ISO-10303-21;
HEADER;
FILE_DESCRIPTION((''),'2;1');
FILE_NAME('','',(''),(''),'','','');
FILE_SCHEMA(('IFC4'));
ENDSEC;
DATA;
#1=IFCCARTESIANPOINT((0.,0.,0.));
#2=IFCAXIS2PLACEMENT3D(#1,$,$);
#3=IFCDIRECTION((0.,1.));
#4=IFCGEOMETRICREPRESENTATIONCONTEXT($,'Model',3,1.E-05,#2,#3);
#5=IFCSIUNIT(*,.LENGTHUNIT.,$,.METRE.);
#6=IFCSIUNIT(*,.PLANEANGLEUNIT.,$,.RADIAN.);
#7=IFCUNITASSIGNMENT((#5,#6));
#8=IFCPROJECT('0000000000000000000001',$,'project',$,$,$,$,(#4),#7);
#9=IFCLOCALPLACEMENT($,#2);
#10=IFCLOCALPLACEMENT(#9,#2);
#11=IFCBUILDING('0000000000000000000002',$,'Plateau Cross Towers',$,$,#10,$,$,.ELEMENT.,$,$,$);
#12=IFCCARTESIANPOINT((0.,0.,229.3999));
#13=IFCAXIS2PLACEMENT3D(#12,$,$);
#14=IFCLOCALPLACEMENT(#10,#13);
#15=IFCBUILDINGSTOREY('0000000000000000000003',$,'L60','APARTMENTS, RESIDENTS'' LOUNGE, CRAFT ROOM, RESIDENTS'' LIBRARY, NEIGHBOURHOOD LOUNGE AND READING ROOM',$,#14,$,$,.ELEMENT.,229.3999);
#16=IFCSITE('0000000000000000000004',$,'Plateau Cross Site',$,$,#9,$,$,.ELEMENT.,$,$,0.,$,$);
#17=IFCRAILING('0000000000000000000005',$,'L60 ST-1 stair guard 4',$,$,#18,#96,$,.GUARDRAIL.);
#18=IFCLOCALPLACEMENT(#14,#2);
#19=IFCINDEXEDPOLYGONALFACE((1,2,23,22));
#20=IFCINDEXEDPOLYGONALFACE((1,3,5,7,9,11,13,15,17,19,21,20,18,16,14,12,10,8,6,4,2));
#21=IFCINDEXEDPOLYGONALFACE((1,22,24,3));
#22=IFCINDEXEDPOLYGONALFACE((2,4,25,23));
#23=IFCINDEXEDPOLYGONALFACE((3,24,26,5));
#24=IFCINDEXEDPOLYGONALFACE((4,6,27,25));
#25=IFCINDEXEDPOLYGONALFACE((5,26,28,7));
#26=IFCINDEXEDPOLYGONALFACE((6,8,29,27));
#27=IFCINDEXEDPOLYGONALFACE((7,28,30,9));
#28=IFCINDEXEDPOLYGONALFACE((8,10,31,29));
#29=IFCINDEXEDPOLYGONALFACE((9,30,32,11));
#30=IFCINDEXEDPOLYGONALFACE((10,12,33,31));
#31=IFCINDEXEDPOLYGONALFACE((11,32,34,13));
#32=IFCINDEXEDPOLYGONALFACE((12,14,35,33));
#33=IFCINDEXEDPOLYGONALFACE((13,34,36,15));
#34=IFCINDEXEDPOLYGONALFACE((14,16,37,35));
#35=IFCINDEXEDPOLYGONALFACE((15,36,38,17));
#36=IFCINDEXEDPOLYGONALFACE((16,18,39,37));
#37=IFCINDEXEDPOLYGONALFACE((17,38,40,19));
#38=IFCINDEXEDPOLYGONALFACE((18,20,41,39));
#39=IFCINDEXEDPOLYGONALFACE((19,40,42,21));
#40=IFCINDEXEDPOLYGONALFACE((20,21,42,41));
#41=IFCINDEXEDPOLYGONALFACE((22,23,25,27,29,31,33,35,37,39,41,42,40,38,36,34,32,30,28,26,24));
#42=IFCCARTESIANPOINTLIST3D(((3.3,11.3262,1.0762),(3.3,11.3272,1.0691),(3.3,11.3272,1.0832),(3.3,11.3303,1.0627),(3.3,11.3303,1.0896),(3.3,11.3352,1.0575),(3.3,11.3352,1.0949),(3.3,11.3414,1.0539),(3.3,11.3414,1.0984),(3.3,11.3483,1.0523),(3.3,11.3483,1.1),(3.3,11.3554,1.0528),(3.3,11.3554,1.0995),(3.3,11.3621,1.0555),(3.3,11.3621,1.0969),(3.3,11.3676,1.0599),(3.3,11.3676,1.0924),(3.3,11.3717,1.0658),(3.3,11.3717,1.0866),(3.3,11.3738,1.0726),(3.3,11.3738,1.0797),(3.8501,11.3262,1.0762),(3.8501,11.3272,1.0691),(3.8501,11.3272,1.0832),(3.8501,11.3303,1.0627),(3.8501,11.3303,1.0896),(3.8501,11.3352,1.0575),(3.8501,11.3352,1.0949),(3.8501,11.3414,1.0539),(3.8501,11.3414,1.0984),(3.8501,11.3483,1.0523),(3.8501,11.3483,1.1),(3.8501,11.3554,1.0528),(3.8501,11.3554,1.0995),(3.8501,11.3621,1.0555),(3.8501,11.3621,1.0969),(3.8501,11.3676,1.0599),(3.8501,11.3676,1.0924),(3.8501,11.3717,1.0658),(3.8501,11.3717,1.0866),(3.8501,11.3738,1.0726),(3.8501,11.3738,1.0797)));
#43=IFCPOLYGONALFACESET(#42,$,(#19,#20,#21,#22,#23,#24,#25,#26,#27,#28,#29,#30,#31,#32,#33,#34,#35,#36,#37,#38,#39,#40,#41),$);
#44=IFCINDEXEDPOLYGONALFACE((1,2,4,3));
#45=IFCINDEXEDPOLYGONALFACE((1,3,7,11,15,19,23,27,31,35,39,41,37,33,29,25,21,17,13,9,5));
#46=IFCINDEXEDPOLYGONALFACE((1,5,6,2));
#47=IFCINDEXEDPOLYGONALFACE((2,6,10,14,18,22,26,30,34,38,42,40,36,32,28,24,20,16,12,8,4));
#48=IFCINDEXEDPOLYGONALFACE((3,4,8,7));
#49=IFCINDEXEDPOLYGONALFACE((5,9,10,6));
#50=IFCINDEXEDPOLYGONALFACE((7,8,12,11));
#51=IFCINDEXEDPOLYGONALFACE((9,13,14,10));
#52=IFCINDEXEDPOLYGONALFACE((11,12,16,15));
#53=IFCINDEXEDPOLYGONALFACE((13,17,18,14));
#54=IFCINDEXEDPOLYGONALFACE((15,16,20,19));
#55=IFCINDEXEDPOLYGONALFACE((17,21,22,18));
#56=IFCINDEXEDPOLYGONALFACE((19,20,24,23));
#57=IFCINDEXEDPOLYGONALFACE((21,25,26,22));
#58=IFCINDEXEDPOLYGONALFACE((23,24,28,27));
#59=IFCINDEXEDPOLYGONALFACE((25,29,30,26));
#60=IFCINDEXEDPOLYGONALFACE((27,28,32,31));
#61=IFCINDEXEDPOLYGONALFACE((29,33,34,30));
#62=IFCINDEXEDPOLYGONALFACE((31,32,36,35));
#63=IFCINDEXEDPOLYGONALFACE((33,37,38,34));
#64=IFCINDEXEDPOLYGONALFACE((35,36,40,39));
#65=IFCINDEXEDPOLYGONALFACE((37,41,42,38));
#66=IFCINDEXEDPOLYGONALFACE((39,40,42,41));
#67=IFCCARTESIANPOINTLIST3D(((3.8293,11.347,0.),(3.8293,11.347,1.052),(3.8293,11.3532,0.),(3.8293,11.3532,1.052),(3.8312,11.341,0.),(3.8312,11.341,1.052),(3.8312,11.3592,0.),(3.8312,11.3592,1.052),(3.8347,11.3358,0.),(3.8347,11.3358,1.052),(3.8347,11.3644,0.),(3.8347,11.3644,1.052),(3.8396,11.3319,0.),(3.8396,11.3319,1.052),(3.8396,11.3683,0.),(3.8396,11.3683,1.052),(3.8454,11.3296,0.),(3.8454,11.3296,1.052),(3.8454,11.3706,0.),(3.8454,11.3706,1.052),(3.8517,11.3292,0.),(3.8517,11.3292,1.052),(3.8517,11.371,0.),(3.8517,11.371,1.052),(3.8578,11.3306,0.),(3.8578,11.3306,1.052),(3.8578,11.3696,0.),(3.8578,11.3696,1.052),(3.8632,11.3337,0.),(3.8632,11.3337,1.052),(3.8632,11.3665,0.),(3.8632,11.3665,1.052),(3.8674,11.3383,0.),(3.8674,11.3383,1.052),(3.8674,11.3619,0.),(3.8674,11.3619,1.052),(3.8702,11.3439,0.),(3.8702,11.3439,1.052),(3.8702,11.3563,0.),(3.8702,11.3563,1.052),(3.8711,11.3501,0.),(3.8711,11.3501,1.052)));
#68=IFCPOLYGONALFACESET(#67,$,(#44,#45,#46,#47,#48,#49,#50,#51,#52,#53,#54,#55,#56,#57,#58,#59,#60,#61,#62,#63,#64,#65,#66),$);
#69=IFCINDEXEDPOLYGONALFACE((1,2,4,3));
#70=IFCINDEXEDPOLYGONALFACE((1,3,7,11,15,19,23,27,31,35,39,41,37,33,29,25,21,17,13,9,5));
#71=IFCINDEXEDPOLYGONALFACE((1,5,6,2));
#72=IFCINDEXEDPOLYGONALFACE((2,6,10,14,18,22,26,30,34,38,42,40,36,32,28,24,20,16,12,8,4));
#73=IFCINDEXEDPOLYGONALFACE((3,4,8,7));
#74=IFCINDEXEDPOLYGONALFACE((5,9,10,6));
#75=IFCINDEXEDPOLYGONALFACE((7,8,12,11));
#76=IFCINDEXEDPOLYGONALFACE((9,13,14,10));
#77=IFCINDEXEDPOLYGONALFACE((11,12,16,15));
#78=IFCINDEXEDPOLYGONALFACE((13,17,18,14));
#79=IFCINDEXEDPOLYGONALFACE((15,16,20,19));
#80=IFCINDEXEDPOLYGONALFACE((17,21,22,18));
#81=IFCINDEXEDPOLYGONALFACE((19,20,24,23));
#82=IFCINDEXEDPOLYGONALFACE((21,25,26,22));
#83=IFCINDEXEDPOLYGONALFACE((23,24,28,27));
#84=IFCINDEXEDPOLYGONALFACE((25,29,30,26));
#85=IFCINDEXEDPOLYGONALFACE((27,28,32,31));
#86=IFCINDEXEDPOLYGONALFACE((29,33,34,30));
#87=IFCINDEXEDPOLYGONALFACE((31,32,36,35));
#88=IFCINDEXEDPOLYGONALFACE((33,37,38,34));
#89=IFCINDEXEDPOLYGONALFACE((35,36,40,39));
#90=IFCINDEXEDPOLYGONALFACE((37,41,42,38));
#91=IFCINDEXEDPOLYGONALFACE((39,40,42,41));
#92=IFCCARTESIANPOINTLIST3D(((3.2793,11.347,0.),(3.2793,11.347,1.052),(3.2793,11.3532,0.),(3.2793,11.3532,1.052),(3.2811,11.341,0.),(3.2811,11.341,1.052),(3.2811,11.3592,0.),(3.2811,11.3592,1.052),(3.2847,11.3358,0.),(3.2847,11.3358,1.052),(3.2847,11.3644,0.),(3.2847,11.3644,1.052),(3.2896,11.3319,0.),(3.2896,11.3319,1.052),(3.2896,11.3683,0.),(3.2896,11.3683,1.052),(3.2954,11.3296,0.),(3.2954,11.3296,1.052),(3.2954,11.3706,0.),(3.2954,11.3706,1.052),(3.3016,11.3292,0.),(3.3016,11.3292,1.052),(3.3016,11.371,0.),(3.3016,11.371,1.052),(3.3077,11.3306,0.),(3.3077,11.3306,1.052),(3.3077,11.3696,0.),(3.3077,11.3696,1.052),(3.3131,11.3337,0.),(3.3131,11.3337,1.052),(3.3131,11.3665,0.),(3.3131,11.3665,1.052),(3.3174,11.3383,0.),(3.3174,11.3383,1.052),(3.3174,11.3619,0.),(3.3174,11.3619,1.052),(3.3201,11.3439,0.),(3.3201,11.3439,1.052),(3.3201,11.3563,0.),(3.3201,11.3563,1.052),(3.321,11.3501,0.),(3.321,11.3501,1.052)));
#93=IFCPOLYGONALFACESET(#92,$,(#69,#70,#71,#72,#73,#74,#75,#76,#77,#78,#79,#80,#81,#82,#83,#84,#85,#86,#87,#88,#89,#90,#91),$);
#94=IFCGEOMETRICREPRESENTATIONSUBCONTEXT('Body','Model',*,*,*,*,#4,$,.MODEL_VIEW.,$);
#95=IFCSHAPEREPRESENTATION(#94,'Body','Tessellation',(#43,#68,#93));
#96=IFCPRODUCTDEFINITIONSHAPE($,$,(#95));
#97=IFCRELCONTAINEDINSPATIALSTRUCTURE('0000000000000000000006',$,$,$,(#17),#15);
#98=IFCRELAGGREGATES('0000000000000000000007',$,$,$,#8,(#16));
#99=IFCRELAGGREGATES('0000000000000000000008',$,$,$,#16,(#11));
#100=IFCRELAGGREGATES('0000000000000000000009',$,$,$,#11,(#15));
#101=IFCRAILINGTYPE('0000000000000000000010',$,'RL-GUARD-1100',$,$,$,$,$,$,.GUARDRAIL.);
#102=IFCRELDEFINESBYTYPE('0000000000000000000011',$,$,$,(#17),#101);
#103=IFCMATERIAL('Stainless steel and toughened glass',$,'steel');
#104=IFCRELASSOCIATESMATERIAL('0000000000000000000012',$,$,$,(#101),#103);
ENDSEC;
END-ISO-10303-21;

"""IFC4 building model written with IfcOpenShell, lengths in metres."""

from ifc_helpers import new_model, si_unit, direction, frame, origin, origin_2d, place, context, subcontext, project, spatial, circle, extrude, material, type_object, element, save


model = new_model("IFC4")

# Units and contexts
model_context = context("Model", 3, precision=1e-05, world=origin(), true_north=direction((0.0, 1.0)))
body_context = subcontext(model_context, "Body", "Model", "MODEL_VIEW")
ifc_project = project(units=[si_unit("LENGTHUNIT", "METRE"), si_unit("PLANEANGLEUNIT", "RADIAN")], contexts=[model_context])

# Site, building, storey
site_placement = place(None, origin())
site = spatial("IfcSite", under=ifc_project, at=site_placement, Name="Plateau Cross Site", CompositionType="ELEMENT", RefElevation=0.0)
building_placement = place(site_placement, origin())
building = spatial("IfcBuilding", under=site, at=building_placement, Name="Plateau Cross Towers", CompositionType="ELEMENT")
storey_placement = place(building_placement, frame((0.0, 0.0, 229.3999)))
storey = spatial("IfcBuildingStorey", under=building, at=storey_placement, Name="L60", Description="APARTMENTS, RESIDENTS' LOUNGE, CRAFT ROOM, RESIDENTS' LIBRARY, NEIGHBOURHOOD LOUNGE AND READING ROOM", CompositionType="ELEMENT", Elevation=229.3999)

# Railing
ifc_material_1 = material(Name="Stainless steel and toughened glass", Category="steel")
railing_type_1 = type_object("IfcRailingType", Name="RL-GUARD-1100", PredefinedType="GUARDRAIL", material=ifc_material_1)
railing_1_placement = place(storey_placement, frame((3.8501, 11.3501, 0.0)))
element("IfcRailing", 1, at=railing_1_placement, inside=storey, type_object=railing_type_1, Name="L60 ST-1 stair guard 4", PredefinedType="GUARDRAIL", context=body_context, shape_type="SweptSolid", body=[
    extrude(circle(Radius=0.0239, at=origin_2d()), frame((0.0, 0.0, 1.0762), z_axis=(-1.0, 0.0, 0.0), x_axis=(0.0, -1.0, 0.0)), (0.0, 0.0, 1.0), 0.55),
    extrude(circle(Radius=0.021, at=origin_2d()), origin(), (0.0, 0.0, 1.0), 1.052),
    extrude(circle(Radius=0.021, at=origin_2d()), frame((-0.55, 0.0, 0.0)), (0.0, 0.0, 1.0), 1.052),
])

save(model, "model.ifc")
